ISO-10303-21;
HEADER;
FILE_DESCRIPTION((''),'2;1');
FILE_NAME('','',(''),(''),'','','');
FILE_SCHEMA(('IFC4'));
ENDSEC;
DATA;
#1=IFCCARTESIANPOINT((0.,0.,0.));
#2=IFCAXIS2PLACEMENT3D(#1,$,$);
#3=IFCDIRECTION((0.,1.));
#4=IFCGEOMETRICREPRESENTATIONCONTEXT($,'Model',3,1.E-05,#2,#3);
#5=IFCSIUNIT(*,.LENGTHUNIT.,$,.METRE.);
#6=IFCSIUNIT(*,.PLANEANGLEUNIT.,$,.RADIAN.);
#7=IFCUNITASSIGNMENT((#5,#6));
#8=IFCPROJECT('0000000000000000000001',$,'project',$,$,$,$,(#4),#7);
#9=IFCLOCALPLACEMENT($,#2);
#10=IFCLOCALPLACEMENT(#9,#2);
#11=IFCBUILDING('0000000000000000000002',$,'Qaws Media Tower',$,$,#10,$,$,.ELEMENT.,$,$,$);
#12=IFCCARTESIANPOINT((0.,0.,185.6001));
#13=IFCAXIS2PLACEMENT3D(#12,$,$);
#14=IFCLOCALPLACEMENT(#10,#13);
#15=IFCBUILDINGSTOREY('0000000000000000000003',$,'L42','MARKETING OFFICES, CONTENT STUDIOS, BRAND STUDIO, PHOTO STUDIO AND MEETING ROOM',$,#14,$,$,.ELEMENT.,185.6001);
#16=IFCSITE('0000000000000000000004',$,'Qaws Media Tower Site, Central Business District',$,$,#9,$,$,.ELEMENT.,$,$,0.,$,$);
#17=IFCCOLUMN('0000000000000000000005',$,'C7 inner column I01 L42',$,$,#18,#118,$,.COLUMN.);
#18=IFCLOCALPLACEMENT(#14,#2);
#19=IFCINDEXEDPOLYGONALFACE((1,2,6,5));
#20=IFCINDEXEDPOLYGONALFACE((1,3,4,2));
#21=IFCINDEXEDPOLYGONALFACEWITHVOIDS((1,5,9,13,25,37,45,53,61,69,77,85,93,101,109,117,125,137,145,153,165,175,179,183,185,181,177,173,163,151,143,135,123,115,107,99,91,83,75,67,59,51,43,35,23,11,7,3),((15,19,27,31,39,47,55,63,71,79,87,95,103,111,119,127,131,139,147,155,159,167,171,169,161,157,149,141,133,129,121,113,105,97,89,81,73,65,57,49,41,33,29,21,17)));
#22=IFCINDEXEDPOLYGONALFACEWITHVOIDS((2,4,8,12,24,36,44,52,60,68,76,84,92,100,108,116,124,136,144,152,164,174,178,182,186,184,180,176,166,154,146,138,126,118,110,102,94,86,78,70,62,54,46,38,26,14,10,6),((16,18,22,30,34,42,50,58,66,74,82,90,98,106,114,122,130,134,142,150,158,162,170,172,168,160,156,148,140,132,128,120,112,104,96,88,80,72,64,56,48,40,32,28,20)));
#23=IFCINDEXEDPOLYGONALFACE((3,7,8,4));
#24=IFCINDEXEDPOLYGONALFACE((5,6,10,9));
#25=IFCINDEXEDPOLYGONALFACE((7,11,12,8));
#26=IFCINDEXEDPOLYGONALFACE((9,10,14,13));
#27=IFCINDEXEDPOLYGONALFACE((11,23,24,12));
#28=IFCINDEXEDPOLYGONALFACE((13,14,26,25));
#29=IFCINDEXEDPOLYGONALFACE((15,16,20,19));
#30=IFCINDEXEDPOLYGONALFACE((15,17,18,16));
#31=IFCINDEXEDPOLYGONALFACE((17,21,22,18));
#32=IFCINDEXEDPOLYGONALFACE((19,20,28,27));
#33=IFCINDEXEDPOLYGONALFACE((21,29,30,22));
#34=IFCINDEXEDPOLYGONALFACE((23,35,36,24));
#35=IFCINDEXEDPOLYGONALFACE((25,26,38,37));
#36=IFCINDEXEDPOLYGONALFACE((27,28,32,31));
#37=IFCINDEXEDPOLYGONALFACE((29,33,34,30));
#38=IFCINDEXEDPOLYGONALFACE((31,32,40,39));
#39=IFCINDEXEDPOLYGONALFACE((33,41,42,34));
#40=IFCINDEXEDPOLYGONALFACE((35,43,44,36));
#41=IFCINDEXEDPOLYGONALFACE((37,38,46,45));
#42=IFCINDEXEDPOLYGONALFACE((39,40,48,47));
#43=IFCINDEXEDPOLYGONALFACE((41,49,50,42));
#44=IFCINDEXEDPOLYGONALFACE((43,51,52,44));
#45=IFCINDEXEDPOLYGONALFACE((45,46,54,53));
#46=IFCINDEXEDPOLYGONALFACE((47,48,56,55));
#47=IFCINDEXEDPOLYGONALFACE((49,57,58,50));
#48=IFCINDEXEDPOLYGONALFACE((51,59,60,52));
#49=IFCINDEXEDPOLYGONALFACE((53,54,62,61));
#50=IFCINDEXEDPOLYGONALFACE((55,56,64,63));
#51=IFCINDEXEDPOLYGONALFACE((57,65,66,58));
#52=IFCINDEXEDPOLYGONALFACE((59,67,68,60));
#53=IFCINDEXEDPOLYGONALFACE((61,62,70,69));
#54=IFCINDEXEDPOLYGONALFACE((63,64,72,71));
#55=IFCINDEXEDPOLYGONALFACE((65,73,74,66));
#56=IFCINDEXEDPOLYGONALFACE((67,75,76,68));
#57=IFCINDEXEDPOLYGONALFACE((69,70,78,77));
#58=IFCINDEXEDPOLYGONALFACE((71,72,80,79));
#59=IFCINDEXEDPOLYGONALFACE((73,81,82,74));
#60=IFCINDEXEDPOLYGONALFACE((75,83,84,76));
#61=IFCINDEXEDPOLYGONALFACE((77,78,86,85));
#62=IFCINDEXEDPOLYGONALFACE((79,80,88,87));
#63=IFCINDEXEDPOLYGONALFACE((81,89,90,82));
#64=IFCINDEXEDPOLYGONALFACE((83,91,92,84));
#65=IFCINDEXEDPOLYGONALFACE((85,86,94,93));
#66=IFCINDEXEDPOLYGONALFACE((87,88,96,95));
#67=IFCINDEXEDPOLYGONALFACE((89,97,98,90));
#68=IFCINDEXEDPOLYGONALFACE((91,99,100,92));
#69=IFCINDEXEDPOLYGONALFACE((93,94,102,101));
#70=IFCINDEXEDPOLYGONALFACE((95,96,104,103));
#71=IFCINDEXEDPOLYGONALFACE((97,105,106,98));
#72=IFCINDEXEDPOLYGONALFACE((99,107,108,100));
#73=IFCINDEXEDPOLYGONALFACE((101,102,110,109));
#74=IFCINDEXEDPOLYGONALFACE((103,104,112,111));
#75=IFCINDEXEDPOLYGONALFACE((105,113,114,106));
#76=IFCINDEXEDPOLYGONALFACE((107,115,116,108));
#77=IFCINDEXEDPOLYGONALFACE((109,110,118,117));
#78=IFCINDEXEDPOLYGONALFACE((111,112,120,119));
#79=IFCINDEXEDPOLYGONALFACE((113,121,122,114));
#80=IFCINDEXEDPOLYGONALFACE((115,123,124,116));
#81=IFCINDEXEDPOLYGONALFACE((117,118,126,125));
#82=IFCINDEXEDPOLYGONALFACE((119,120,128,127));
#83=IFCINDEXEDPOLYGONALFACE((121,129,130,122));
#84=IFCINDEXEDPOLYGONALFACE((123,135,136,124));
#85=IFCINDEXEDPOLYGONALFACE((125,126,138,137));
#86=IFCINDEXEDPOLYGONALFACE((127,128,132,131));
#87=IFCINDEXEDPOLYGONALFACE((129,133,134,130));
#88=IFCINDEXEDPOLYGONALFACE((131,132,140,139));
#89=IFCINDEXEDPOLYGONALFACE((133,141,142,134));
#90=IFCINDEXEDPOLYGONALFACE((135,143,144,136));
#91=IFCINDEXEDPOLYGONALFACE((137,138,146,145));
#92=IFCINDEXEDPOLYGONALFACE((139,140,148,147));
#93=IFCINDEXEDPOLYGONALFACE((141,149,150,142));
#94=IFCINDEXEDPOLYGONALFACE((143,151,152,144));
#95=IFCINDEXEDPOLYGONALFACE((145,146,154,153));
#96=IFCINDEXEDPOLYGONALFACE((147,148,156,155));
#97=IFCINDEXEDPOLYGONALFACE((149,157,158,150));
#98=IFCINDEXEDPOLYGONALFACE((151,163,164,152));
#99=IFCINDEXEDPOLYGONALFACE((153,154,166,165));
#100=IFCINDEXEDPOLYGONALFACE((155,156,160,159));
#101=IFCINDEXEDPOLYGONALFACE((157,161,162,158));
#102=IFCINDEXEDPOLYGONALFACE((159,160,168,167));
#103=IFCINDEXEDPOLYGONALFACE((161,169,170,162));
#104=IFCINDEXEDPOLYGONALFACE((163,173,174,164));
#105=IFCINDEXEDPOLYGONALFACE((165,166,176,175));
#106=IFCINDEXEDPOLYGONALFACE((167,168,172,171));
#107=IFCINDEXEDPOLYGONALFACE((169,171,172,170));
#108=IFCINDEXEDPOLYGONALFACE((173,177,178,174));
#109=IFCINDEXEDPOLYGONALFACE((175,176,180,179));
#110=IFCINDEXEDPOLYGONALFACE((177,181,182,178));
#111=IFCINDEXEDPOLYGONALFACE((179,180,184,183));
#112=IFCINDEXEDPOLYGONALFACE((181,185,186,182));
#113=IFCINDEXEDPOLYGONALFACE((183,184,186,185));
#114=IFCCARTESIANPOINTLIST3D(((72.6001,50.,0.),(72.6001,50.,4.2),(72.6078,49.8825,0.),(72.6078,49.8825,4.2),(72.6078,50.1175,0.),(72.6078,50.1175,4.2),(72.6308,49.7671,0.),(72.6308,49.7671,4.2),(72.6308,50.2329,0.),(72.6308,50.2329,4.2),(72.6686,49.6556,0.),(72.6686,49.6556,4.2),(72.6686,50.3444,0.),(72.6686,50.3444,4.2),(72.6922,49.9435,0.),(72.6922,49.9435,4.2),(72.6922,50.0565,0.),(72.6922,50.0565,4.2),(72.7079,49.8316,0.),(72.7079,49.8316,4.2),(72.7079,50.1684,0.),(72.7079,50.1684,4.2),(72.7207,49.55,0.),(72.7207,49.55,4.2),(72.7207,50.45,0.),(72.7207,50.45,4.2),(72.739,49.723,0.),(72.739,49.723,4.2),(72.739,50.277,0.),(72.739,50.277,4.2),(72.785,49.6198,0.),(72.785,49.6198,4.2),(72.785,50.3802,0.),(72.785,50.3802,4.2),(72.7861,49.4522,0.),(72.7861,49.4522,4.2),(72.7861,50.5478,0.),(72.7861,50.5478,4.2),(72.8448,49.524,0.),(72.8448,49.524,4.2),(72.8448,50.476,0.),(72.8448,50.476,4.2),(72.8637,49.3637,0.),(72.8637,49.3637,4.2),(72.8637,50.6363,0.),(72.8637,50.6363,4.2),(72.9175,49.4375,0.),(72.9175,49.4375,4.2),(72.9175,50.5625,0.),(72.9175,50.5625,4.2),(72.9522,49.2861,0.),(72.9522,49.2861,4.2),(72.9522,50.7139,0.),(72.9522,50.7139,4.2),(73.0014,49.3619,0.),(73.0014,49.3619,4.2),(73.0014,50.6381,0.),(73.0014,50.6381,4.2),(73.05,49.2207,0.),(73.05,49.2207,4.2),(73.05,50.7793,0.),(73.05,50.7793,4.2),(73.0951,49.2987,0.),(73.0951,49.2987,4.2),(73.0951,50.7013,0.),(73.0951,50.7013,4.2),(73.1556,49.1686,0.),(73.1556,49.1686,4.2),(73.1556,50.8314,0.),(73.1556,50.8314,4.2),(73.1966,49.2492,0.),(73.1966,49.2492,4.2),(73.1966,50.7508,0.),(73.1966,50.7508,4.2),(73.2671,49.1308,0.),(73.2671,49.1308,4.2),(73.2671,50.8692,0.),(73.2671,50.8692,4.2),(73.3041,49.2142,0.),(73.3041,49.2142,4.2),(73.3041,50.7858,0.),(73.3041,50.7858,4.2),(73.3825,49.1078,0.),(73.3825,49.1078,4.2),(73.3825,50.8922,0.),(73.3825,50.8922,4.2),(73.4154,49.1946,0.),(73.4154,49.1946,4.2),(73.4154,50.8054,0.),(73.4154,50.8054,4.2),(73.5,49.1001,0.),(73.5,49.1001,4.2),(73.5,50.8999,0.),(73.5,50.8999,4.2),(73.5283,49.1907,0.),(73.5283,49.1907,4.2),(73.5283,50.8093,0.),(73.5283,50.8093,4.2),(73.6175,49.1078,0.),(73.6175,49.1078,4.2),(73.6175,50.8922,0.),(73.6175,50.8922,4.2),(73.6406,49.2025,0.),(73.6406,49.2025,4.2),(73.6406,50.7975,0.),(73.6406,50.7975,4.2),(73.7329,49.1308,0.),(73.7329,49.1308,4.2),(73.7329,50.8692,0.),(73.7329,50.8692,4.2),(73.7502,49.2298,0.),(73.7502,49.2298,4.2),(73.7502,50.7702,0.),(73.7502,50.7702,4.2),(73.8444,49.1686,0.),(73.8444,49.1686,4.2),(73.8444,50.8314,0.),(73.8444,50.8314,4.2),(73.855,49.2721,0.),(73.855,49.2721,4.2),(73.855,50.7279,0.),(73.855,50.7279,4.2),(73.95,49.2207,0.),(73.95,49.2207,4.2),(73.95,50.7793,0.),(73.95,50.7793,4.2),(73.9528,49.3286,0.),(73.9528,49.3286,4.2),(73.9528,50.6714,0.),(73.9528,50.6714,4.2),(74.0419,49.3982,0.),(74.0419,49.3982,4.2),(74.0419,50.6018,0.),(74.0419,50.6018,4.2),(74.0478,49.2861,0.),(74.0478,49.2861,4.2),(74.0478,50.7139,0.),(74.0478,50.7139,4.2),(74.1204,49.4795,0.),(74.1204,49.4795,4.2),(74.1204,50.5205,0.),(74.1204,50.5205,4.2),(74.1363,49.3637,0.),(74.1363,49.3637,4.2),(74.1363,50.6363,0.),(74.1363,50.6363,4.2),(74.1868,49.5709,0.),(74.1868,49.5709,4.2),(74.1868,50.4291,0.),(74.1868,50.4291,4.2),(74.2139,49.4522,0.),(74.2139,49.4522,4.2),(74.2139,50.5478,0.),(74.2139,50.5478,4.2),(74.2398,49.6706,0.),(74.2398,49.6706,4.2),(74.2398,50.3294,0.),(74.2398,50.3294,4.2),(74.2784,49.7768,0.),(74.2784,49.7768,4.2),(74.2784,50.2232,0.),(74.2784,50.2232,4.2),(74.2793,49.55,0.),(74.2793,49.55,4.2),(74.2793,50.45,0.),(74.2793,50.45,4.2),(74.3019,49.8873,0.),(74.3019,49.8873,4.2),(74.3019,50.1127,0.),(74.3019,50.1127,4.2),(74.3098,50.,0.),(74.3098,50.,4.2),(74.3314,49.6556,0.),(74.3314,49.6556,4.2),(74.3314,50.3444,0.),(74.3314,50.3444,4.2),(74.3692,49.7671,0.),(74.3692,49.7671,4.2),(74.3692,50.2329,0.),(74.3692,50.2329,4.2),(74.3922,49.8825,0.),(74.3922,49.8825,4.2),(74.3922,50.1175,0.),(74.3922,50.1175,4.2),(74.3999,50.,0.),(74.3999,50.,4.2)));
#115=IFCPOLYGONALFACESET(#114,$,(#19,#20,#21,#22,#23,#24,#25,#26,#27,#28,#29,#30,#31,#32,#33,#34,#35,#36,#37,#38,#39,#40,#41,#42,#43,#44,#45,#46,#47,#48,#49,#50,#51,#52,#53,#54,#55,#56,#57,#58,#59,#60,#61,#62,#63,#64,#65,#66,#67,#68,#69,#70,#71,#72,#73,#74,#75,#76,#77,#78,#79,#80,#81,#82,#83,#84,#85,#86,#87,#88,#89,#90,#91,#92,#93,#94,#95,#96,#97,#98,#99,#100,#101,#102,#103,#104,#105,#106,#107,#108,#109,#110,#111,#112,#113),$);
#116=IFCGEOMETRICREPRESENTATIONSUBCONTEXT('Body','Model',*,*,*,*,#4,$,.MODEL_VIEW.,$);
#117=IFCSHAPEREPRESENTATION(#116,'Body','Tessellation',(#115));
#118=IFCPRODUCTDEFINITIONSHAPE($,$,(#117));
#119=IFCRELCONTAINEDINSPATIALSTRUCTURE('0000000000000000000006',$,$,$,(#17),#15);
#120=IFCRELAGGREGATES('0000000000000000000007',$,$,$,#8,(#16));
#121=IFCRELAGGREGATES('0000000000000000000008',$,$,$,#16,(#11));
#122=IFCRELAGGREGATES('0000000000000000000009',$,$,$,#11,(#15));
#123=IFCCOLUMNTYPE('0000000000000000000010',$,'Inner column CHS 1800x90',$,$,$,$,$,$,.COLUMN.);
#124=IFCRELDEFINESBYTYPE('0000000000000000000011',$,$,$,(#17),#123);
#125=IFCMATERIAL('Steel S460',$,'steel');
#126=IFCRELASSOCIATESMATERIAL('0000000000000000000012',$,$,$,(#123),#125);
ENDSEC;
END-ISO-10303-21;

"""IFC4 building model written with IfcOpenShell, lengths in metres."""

from ifc_helpers import new_model, si_unit, direction, frame, origin, origin_2d, place, context, subcontext, project, spatial, hollow_circle, extrude, material, material_profile, profile_set, type_object, element, save


model = new_model("IFC4")

# Units and contexts
model_context = context("Model", 3, precision=1e-05, world=origin(), true_north=direction((0.0, 1.0)))
body_context = subcontext(model_context, "Body", "Model", "MODEL_VIEW")
ifc_project = project(units=[si_unit("LENGTHUNIT", "METRE"), si_unit("PLANEANGLEUNIT", "RADIAN")], contexts=[model_context])

# Site, building, storey
site_placement = place(None, origin())
site = spatial("IfcSite", under=ifc_project, at=site_placement, Name="Qaws Media Tower Site, Central Business District", CompositionType="ELEMENT", RefElevation=0.0)
building_placement = place(site_placement, origin())
building = spatial("IfcBuilding", under=site, at=building_placement, Name="Qaws Media Tower", CompositionType="ELEMENT")
storey_placement = place(building_placement, frame((0.0, 0.0, 185.6001)))
storey = spatial("IfcBuildingStorey", under=building, at=storey_placement, Name="L42", Description="MARKETING OFFICES, CONTENT STUDIOS, BRAND STUDIO, PHOTO STUDIO AND MEETING ROOM", CompositionType="ELEMENT", Elevation=185.6001)

# Column
ifc_material_1 = material(Name="Steel S460", Category="steel")
ifc_material_profile_1 = material_profile(ifc_material_1, hollow_circle(Radius=0.8999, WallThickness=0.0901, at=origin_2d()), Name="CHS 1800x90")
ifc_profile_set_1 = profile_set([ifc_material_profile_1], Name="Steel S460")
column_type = type_object("IfcColumnType", Name="Inner column CHS 1800x90", PredefinedType="COLUMN", material=ifc_profile_set_1)
for number, where, z_axis, x_axis, name in (
    (1, (73.5, 50.0, 0.0), (0.0, 0.0, 1.0), (1.0, 0.0, 0.0), "C7 inner column I01 L42"),
):
    element("IfcColumn", number, at=place(storey_placement, frame(where, z_axis=z_axis, x_axis=x_axis)), inside=storey, type_object=column_type, Name=name, PredefinedType="COLUMN", context=body_context, shape_type="SweptSolid", body=[
        extrude(hollow_circle(Radius=0.8999, WallThickness=0.0901, at=origin_2d()), origin(), (0.0, 0.0, 1.0), 4.2),
    ])

save(model, "model.ifc")
